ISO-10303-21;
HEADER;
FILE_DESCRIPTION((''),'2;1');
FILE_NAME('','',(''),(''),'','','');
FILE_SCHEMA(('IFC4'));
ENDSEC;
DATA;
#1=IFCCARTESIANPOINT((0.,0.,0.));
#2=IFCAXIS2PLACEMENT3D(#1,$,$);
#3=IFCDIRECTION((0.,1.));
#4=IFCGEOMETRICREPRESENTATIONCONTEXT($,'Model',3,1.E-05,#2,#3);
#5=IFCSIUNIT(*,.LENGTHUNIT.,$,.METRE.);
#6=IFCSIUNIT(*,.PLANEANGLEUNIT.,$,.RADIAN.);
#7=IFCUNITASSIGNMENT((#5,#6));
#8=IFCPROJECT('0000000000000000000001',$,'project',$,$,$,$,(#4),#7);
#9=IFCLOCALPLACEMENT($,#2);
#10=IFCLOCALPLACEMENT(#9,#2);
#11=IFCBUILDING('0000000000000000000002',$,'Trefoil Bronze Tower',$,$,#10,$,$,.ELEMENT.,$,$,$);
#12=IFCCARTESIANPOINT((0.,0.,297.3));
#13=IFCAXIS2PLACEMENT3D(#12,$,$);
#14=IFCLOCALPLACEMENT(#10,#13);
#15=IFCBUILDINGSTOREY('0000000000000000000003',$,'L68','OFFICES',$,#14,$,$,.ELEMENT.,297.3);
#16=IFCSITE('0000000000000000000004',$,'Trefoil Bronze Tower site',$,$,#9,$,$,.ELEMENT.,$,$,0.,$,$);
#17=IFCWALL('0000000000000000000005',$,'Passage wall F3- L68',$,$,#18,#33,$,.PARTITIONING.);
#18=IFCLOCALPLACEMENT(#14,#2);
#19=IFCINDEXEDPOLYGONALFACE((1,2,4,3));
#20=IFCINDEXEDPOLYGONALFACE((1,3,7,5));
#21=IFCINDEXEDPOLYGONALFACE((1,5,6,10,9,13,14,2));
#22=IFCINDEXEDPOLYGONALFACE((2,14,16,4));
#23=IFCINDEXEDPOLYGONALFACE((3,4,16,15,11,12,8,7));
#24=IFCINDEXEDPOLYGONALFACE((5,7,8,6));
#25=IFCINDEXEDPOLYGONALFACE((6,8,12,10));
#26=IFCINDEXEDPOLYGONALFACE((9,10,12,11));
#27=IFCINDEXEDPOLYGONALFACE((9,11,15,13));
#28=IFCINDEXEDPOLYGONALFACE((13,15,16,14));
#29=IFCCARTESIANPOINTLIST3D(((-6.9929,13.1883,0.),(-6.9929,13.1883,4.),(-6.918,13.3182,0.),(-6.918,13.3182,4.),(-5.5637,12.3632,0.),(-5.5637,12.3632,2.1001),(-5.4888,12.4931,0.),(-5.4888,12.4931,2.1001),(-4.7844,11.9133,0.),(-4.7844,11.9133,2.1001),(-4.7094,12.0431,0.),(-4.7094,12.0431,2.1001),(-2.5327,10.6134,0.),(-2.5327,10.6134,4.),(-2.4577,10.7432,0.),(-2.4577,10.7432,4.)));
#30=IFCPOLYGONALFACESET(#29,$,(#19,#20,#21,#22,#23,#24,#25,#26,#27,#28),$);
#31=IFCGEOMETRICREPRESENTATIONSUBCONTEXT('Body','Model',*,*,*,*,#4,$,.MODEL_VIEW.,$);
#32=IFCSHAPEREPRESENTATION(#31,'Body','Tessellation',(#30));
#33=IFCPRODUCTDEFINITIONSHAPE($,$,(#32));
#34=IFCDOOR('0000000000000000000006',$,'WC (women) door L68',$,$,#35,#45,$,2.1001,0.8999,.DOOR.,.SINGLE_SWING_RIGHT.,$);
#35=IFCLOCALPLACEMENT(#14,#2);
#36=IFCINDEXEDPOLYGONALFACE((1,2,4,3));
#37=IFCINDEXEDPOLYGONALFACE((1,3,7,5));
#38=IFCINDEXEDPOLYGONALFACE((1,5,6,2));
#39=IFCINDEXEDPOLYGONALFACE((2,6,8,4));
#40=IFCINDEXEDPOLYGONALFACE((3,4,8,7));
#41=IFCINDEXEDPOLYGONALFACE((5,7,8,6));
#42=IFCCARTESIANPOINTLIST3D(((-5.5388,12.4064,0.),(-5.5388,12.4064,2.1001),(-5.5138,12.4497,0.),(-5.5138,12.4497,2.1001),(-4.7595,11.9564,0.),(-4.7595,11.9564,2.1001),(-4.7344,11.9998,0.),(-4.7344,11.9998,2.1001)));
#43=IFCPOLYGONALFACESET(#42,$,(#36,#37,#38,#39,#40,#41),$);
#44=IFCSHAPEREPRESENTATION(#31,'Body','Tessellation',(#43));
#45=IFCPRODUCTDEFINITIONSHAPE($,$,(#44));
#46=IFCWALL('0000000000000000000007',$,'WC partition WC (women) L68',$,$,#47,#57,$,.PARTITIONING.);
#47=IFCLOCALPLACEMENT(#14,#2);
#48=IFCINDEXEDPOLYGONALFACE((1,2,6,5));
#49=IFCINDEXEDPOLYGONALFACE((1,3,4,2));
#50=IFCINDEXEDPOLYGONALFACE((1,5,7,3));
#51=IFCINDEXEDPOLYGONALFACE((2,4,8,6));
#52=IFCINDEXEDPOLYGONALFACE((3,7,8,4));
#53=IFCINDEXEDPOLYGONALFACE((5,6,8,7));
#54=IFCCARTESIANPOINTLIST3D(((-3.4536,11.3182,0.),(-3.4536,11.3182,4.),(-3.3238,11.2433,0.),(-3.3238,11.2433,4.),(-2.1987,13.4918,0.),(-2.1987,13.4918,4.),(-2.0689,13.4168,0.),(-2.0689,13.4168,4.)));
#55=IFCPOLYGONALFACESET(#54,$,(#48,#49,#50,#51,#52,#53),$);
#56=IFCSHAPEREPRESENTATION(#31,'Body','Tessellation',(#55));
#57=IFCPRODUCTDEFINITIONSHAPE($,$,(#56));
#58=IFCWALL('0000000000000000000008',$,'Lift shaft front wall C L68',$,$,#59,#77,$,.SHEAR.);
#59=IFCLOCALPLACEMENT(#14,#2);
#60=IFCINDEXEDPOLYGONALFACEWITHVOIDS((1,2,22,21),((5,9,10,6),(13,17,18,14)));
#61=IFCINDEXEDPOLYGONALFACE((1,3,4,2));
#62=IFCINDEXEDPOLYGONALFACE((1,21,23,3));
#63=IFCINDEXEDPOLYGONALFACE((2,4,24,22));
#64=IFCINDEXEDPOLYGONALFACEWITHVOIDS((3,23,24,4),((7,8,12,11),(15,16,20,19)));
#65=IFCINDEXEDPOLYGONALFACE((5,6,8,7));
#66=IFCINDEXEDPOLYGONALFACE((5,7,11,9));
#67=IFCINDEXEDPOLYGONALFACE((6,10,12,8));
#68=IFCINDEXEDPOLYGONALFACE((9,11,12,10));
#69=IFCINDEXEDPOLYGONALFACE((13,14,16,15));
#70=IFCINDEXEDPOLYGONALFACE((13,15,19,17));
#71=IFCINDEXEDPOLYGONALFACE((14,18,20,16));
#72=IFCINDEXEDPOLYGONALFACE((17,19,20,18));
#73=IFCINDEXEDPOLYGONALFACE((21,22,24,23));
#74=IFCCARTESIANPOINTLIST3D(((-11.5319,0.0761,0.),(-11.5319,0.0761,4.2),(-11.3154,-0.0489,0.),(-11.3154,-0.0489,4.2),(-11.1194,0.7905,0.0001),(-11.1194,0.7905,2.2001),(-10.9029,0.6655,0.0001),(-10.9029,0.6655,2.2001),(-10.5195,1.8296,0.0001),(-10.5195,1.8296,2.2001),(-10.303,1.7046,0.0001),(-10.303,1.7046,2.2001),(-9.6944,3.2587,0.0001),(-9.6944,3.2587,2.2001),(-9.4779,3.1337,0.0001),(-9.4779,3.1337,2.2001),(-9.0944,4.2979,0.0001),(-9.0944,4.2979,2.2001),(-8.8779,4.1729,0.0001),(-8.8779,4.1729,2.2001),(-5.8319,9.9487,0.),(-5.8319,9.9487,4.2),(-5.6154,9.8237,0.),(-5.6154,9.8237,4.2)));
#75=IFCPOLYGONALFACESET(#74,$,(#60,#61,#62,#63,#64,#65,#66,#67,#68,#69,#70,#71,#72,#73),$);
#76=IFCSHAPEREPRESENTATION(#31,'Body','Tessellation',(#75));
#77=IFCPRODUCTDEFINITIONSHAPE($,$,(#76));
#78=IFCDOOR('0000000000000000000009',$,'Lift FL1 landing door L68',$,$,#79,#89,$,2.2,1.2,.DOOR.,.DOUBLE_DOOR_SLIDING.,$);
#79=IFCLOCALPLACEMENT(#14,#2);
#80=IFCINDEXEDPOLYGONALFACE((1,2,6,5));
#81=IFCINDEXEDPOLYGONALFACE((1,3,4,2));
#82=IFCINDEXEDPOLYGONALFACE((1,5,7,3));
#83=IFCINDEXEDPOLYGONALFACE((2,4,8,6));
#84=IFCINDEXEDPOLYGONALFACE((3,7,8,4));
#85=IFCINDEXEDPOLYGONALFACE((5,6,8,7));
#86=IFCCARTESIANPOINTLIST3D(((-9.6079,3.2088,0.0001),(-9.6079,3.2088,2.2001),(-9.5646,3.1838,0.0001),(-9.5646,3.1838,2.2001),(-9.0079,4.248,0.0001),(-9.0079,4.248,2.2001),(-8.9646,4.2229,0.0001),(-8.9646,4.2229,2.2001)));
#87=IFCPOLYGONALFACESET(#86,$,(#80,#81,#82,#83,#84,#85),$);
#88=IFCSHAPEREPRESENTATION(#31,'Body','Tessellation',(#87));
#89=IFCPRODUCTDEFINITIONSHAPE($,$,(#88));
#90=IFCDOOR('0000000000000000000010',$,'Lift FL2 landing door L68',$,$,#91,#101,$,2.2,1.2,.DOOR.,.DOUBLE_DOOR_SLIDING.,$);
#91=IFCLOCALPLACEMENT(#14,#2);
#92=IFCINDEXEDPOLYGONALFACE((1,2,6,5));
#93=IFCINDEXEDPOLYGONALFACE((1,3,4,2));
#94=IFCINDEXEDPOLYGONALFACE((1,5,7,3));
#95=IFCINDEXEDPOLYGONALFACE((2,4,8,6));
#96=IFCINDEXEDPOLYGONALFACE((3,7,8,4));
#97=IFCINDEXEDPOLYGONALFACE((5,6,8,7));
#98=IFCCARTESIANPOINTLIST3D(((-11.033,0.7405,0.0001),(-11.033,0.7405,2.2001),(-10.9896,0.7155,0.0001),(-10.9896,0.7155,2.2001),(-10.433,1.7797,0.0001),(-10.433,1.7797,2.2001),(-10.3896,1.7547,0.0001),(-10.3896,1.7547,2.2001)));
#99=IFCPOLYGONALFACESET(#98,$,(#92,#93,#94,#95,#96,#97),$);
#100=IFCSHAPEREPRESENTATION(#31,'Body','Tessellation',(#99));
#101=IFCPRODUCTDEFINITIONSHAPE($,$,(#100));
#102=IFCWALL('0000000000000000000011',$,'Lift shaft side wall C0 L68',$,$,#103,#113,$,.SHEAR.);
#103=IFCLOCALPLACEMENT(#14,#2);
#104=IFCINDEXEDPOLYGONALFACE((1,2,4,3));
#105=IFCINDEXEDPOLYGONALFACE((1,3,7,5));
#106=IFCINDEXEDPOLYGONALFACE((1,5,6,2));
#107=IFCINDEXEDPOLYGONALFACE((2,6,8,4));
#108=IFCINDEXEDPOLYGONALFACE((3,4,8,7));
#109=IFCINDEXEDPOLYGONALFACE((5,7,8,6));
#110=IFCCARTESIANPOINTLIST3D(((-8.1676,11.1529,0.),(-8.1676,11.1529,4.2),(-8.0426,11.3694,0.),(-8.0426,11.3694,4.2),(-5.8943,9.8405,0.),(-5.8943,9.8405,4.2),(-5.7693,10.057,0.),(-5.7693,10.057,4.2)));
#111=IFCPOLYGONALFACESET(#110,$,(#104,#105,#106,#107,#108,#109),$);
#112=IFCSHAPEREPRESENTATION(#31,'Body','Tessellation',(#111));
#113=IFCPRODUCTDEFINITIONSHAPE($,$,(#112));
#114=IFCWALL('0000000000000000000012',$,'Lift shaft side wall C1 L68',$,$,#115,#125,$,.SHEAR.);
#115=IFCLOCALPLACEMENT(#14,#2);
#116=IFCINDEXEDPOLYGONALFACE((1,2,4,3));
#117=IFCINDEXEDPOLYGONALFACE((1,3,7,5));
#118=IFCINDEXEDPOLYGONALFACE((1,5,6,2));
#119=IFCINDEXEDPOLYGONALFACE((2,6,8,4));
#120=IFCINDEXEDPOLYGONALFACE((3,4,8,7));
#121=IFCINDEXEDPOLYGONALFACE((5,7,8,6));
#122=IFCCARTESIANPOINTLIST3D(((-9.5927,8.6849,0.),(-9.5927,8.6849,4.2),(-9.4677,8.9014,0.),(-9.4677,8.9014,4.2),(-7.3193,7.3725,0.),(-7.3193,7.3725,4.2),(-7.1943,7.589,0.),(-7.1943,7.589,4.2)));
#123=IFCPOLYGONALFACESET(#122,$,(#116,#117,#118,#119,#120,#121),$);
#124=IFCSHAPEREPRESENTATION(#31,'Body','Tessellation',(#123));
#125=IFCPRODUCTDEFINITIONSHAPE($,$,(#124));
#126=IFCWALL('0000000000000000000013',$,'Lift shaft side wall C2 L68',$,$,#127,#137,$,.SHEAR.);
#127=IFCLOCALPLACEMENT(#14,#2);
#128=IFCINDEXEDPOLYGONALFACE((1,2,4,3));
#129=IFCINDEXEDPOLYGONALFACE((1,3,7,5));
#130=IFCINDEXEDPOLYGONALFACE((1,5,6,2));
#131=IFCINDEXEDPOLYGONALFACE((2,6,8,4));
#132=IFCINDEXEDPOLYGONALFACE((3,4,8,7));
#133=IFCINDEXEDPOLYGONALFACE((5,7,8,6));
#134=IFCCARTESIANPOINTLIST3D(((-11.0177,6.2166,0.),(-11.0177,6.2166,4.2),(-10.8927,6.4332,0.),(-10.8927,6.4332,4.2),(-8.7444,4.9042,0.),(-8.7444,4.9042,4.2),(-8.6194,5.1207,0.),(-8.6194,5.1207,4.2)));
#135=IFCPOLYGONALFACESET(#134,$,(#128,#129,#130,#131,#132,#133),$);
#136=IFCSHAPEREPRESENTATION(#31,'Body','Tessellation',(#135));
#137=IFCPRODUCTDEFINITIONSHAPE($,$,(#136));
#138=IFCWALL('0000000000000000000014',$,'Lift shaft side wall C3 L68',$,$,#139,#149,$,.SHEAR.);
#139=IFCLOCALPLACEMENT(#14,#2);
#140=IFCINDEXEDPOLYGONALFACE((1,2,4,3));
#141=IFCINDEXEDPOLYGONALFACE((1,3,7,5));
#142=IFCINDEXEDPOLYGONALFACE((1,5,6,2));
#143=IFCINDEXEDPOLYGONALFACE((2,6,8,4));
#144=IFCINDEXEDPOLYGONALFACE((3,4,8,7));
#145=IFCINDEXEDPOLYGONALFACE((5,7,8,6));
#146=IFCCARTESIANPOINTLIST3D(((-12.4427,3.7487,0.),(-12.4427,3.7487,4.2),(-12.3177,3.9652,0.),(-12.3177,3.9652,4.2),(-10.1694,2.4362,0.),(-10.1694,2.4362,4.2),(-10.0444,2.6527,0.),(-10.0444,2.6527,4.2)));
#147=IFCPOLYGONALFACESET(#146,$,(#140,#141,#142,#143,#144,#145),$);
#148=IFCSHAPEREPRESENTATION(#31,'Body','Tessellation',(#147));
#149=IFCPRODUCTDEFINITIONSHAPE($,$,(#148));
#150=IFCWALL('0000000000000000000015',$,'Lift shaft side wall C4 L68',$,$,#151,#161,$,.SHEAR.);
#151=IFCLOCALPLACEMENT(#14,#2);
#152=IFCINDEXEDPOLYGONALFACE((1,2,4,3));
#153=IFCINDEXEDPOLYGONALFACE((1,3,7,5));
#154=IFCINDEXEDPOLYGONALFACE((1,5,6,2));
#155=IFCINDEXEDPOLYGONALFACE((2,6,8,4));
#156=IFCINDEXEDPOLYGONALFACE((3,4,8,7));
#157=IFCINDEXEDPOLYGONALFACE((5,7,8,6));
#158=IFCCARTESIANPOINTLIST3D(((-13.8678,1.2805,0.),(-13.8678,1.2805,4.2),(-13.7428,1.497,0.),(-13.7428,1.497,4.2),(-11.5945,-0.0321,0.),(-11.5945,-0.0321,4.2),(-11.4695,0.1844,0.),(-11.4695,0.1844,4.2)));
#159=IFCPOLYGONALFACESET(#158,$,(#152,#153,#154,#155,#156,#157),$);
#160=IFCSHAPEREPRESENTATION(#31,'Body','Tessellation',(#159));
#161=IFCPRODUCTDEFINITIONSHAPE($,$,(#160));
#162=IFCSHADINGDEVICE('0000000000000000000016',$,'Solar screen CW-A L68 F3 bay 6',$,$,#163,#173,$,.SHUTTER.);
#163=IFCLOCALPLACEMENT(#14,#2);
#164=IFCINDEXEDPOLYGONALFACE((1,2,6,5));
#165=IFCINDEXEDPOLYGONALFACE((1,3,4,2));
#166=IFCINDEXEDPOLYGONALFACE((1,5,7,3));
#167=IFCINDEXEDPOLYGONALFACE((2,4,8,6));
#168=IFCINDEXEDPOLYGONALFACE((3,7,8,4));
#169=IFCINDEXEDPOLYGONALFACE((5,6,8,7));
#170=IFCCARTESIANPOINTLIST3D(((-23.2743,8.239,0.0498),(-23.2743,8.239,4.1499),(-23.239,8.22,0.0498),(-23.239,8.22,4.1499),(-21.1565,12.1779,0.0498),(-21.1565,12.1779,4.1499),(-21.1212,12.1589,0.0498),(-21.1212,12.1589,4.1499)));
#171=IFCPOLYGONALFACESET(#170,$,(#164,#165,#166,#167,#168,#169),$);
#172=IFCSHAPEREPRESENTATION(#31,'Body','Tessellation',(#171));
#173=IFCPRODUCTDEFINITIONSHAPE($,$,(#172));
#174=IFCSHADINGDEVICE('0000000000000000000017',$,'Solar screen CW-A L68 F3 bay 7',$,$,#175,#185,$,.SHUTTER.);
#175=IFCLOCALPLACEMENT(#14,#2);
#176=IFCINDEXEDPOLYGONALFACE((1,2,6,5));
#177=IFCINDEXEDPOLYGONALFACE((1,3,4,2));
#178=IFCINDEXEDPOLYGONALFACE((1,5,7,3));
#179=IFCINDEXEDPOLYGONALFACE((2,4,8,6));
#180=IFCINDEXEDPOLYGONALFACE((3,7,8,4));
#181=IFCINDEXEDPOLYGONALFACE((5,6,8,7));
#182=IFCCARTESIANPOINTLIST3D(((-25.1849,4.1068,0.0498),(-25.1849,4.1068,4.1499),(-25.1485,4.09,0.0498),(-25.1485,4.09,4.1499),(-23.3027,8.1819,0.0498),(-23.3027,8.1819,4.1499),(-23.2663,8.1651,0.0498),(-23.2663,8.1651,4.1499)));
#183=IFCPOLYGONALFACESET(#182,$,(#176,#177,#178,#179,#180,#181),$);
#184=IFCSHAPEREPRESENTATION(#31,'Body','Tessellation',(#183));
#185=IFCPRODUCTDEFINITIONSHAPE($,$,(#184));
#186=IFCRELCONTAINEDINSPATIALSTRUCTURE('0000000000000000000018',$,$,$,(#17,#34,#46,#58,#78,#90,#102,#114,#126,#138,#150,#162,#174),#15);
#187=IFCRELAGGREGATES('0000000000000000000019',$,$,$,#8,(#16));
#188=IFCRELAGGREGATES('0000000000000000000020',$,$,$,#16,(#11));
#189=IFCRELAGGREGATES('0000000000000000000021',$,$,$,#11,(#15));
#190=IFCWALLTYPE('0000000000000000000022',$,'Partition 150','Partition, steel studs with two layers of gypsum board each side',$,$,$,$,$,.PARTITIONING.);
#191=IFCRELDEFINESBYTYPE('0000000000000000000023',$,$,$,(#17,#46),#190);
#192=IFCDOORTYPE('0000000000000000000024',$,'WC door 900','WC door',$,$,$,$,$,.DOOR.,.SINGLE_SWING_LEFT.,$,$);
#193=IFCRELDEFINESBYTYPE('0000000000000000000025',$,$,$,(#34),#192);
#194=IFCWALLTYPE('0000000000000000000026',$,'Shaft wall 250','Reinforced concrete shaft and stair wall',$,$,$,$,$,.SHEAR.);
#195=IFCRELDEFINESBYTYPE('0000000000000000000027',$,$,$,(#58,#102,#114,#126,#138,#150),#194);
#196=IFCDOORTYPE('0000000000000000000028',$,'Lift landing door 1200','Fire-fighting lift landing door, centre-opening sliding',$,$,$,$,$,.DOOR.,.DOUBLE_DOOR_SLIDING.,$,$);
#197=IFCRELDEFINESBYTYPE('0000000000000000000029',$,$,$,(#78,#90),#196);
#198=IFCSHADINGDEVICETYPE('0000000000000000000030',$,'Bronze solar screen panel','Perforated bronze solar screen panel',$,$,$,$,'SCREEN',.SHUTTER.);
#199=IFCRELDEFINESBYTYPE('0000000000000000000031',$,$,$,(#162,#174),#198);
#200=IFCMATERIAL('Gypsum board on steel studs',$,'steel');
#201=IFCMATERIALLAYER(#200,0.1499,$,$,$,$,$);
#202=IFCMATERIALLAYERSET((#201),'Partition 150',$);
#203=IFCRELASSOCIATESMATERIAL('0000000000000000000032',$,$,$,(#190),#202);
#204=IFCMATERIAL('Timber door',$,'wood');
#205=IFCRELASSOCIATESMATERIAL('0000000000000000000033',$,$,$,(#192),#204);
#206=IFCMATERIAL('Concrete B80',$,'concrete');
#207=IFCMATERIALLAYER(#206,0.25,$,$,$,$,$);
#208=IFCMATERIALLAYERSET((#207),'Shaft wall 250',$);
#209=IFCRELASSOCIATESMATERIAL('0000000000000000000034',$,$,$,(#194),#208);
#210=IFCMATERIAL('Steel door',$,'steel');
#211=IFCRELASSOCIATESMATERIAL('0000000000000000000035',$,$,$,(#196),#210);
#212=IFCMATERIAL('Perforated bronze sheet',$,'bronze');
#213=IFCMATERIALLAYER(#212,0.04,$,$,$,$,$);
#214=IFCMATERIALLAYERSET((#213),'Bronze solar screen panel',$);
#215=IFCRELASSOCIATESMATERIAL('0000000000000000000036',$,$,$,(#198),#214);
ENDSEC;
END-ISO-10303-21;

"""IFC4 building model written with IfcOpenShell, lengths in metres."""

from ifc_helpers import new_model, si_unit, direction, frame, frame_2d, origin, origin_2d, place, context, subcontext, project, spatial, rectangle, extrude, material, layer, layer_set, type_object, element, fill, save


model = new_model("IFC4")

# Units and contexts
model_context = context("Model", 3, precision=1e-05, world=origin(), true_north=direction((0.0, 1.0)))
body_context = subcontext(model_context, "Body", "Model", "MODEL_VIEW")
ifc_project = project(units=[si_unit("LENGTHUNIT", "METRE"), si_unit("PLANEANGLEUNIT", "RADIAN")], contexts=[model_context])

# Site, building, storey
site_placement = place(None, origin())
site = spatial("IfcSite", under=ifc_project, at=site_placement, Name="Trefoil Bronze Tower site", CompositionType="ELEMENT", RefElevation=0.0)
building_placement = place(site_placement, origin())
building = spatial("IfcBuilding", under=site, at=building_placement, Name="Trefoil Bronze Tower", CompositionType="ELEMENT")
storey_placement = place(building_placement, frame((0.0, 0.0, 297.3)))
storey = spatial("IfcBuildingStorey", under=building, at=storey_placement, Name="L68", Description="OFFICES", CompositionType="ELEMENT", Elevation=297.3)

# Wall, opening, door
ifc_material_1 = material(Name="Gypsum board on steel studs", Category="steel")
ifc_layer_1 = layer(ifc_material_1, 0.1499)
ifc_layer_set_1 = layer_set([ifc_layer_1], Name="Partition 150")
wall_type_1 = type_object("IfcWallType", Name="Partition 150", Description="Partition, steel studs with two layers of gypsum board each side", PredefinedType="PARTITIONING", material=ifc_layer_set_1)
wall_1_placement = place(storey_placement, frame((-2.4951, 10.6782, 0.0), z_axis=(0.0, 0.0, 1.0), x_axis=(-0.866038, 0.499978, 0.0)))
wall_1 = element("IfcWall", 1, at=wall_1_placement, inside=storey, type_object=wall_type_1, Name="Passage wall F3- L68", PredefinedType="PARTITIONING", context=body_context, shape_type="SweptSolid", body=[
    extrude(rectangle(XDim=5.1501, YDim=0.1499, at=frame_2d((2.5752, 0.0))), origin(), (0.0, 0.0, 1.0), 4.0),
])
opening_1_placement = place(wall_1_placement, frame((2.6001, 0.0, 0.0)))
opening_1 = element("IfcOpeningElement", 2, at=opening_1_placement, cuts=wall_1, PredefinedType="OPENING", context=body_context, shape_type="SweptSolid", body=[
    extrude(rectangle(XDim=0.8999, YDim=2.1001, at=frame_2d((0.45, 1.05))), frame((0.0, 0.085, 0.0), z_axis=(0.0, -1.0, 0.0), x_axis=(1.0, 0.0, 0.0)), (0.0, 0.0, 1.0), 0.1699),
])
ifc_material_2 = material(Name="Timber door", Category="wood")
door_type_1 = type_object("IfcDoorType", Name="WC door 900", Description="WC door", OperationType="SINGLE_SWING_LEFT", PredefinedType="DOOR", material=ifc_material_2)
door_1_placement = place(opening_1_placement, frame((0.8999, 0.0, 0.0), z_axis=(0.0, 0.0, 1.0), x_axis=(-1.0, 0.0, 0.0)))
door_1 = element("IfcDoor", 3, at=door_1_placement, inside=storey, type_object=door_type_1, Name="WC (women) door L68", OperationType="SINGLE_SWING_RIGHT", OverallHeight=2.1001, OverallWidth=0.8999, PredefinedType="DOOR", context=body_context, shape_type="SweptSolid", body=[
    extrude(rectangle(XDim=0.8999, YDim=2.1001, at=frame_2d((0.45, 1.05))), frame((0.0, 0.0249, 0.0), z_axis=(0.0, -1.0, 0.0), x_axis=(1.0, 0.0, 0.0)), (0.0, 0.0, 1.0), 0.05),
])
fill(opening_1, door_1)

# Wall
wall_2_placement = place(storey_placement, frame((-3.3887, 11.2808, 0.0), z_axis=(0.0, 0.0, 1.0), x_axis=(0.499989, 0.866032, 0.0)))
element("IfcWall", 4, at=wall_2_placement, inside=storey, type_object=wall_type_1, Name="WC partition WC (women) L68", PredefinedType="PARTITIONING", context=body_context, shape_type="SweptSolid", body=[
    extrude(rectangle(XDim=2.5098, YDim=0.1499, at=frame_2d((1.2549, 0.0))), origin(), (0.0, 0.0, 1.0), 4.0),
])

# Wall, openings, doors
ifc_material_3 = material(Name="Concrete B80", Category="concrete")
ifc_layer_2 = layer(ifc_material_3, 0.25)
ifc_layer_set_2 = layer_set([ifc_layer_2], Name="Shaft wall 250")
wall_type_2 = type_object("IfcWallType", Name="Shaft wall 250", Description="Reinforced concrete shaft and stair wall", PredefinedType="SHEAR", material=ifc_layer_set_2)
wall_3_placement = place(storey_placement, frame((-5.7236, 9.8862, 0.0), z_axis=(0.0, 0.0, 1.0), x_axis=(-0.500002, -0.866024, 0.0)))
wall_3 = element("IfcWall", 5, at=wall_3_placement, inside=storey, type_object=wall_type_2, Name="Lift shaft front wall C L68", PredefinedType="SHEAR", context=body_context, shape_type="SweptSolid", body=[
    extrude(rectangle(XDim=11.3999, YDim=0.25, at=frame_2d((5.7, 0.0))), origin(), (0.0, 0.0, 1.0), 4.2),
])
opening_2_placement = place(wall_3_placement, frame((6.5249, 0.0, 0.0)))
opening_2 = element("IfcOpeningElement", 6, at=opening_2_placement, cuts=wall_3, PredefinedType="OPENING", context=body_context, shape_type="SweptSolid", body=[
    extrude(rectangle(XDim=1.2, YDim=2.2, at=frame_2d((0.6001, 1.1001))), frame((0.0, 0.135, 0.0), z_axis=(0.0, -1.0, 0.0), x_axis=(1.0, 0.0, 0.0)), (0.0, 0.0, 1.0), 0.27),
])
opening_3_placement = place(wall_3_placement, frame((9.375, 0.0, 0.0)))
opening_3 = element("IfcOpeningElement", 7, at=opening_3_placement, cuts=wall_3, PredefinedType="OPENING", context=body_context, shape_type="SweptSolid", body=[
    extrude(rectangle(XDim=1.2, YDim=2.2, at=frame_2d((0.6001, 1.1001))), frame((0.0, 0.135, 0.0), z_axis=(0.0, -1.0, 0.0), x_axis=(1.0, 0.0, 0.0)), (0.0, 0.0, 1.0), 0.27),
])
ifc_material_4 = material(Name="Steel door", Category="steel")
door_type_2 = type_object("IfcDoorType", Name="Lift landing door 1200", Description="Fire-fighting lift landing door, centre-opening sliding", OperationType="DOUBLE_DOOR_SLIDING", PredefinedType="DOOR", material=ifc_material_4)
door_2_placement = place(opening_2_placement, origin())
door_2 = element("IfcDoor", 8, at=door_2_placement, inside=storey, type_object=door_type_2, Name="Lift FL1 landing door L68", OperationType="DOUBLE_DOOR_SLIDING", OverallHeight=2.2, OverallWidth=1.2, PredefinedType="DOOR", context=body_context, shape_type="SweptSolid", body=[
    extrude(rectangle(XDim=1.2, YDim=2.2, at=frame_2d((0.6001, 1.1001))), frame((0.0, 0.0249, 0.0), z_axis=(0.0, -1.0, 0.0), x_axis=(1.0, 0.0, 0.0)), (0.0, 0.0, 1.0), 0.05),
])
fill(opening_2, door_2)
door_3_placement = place(opening_3_placement, origin())
door_3 = element("IfcDoor", 9, at=door_3_placement, inside=storey, type_object=door_type_2, Name="Lift FL2 landing door L68", OperationType="DOUBLE_DOOR_SLIDING", OverallHeight=2.2, OverallWidth=1.2, PredefinedType="DOOR", context=body_context, shape_type="SweptSolid", body=[
    extrude(rectangle(XDim=1.2, YDim=2.2, at=frame_2d((0.6001, 1.1001))), frame((0.0, 0.0249, 0.0), z_axis=(0.0, -1.0, 0.0), x_axis=(1.0, 0.0, 0.0)), (0.0, 0.0, 1.0), 0.05),
])
fill(opening_3, door_3)

# Walls
for number, where, z_axis, x_axis, name in (
    (10, (-5.8318, 9.9487, 0.0), (0.0, 0.0, 1.0), (-0.866037, 0.49998, 0.0), "Lift shaft side wall C0 L68"),
    (11, (-7.2568, 7.4807, 0.0), (0.0, 0.0, 1.0), (-0.866037, 0.49998, 0.0), "Lift shaft side wall C1 L68"),
    (12, (-8.6819, 5.0125, 0.0), (0.0, 0.0, 1.0), (-0.866037, 0.49998, 0.0), "Lift shaft side wall C2 L68"),
    (13, (-10.1069, 2.5444, 0.0), (0.0, 0.0, 1.0), (-0.866014, 0.50002, 0.0), "Lift shaft side wall C3 L68"),
    (14, (-11.532, 0.0762, 0.0), (0.0, 0.0, 1.0), (-0.866014, 0.50002, 0.0), "Lift shaft side wall C4 L68"),
):
    element("IfcWall", number, at=place(storey_placement, frame(where, z_axis=z_axis, x_axis=x_axis)), inside=storey, type_object=wall_type_2, Name=name, PredefinedType="SHEAR", context=body_context, shape_type="SweptSolid", body=[
        extrude(rectangle(XDim=2.625, YDim=0.25, at=frame_2d((1.3125, 0.0))), origin(), (0.0, 0.0, 1.0), 4.2),
    ])

# Shading devices
ifc_material_5 = material(Name="Perforated bronze sheet", Category="bronze")
ifc_layer_3 = layer(ifc_material_5, 0.04)
ifc_layer_set_3 = layer_set([ifc_layer_3], Name="Bronze solar screen panel")
shading_device_type = type_object("IfcShadingDeviceType", Name="Bronze solar screen panel", Description="Perforated bronze solar screen panel", ElementType="SCREEN", PredefinedType="SHUTTER", material=ifc_layer_set_3)
shading_device_1_placement = place(storey_placement, frame((-22.1978, 10.199, 0.0498), z_axis=(0.0, 0.0, 1.0), x_axis=(-0.473562, -0.88076, 0.0)))
element("IfcShadingDevice", 15, at=shading_device_1_placement, inside=storey, type_object=shading_device_type, Name="Solar screen CW-A L68 F3 bay 6", PredefinedType="SHUTTER", context=body_context, shape_type="SweptSolid", body=[
    extrude(rectangle(XDim=4.4722, YDim=0.04, at=origin_2d()), origin(), (0.0, 0.0, 1.0), 4.1001),
])
shading_device_2_placement = place(storey_placement, frame((-24.2256, 6.136, 0.0498), z_axis=(0.0, 0.0, 1.0), x_axis=(-0.419309, -0.907844, 0.0)))
element("IfcShadingDevice", 16, at=shading_device_2_placement, inside=storey, type_object=shading_device_type, Name="Solar screen CW-A L68 F3 bay 7", PredefinedType="SHUTTER", context=body_context, shape_type="SweptSolid", body=[
    extrude(rectangle(XDim=4.4888, YDim=0.04, at=origin_2d()), origin(), (0.0, 0.0, 1.0), 4.1001),
])

save(model, "model.ifc")
